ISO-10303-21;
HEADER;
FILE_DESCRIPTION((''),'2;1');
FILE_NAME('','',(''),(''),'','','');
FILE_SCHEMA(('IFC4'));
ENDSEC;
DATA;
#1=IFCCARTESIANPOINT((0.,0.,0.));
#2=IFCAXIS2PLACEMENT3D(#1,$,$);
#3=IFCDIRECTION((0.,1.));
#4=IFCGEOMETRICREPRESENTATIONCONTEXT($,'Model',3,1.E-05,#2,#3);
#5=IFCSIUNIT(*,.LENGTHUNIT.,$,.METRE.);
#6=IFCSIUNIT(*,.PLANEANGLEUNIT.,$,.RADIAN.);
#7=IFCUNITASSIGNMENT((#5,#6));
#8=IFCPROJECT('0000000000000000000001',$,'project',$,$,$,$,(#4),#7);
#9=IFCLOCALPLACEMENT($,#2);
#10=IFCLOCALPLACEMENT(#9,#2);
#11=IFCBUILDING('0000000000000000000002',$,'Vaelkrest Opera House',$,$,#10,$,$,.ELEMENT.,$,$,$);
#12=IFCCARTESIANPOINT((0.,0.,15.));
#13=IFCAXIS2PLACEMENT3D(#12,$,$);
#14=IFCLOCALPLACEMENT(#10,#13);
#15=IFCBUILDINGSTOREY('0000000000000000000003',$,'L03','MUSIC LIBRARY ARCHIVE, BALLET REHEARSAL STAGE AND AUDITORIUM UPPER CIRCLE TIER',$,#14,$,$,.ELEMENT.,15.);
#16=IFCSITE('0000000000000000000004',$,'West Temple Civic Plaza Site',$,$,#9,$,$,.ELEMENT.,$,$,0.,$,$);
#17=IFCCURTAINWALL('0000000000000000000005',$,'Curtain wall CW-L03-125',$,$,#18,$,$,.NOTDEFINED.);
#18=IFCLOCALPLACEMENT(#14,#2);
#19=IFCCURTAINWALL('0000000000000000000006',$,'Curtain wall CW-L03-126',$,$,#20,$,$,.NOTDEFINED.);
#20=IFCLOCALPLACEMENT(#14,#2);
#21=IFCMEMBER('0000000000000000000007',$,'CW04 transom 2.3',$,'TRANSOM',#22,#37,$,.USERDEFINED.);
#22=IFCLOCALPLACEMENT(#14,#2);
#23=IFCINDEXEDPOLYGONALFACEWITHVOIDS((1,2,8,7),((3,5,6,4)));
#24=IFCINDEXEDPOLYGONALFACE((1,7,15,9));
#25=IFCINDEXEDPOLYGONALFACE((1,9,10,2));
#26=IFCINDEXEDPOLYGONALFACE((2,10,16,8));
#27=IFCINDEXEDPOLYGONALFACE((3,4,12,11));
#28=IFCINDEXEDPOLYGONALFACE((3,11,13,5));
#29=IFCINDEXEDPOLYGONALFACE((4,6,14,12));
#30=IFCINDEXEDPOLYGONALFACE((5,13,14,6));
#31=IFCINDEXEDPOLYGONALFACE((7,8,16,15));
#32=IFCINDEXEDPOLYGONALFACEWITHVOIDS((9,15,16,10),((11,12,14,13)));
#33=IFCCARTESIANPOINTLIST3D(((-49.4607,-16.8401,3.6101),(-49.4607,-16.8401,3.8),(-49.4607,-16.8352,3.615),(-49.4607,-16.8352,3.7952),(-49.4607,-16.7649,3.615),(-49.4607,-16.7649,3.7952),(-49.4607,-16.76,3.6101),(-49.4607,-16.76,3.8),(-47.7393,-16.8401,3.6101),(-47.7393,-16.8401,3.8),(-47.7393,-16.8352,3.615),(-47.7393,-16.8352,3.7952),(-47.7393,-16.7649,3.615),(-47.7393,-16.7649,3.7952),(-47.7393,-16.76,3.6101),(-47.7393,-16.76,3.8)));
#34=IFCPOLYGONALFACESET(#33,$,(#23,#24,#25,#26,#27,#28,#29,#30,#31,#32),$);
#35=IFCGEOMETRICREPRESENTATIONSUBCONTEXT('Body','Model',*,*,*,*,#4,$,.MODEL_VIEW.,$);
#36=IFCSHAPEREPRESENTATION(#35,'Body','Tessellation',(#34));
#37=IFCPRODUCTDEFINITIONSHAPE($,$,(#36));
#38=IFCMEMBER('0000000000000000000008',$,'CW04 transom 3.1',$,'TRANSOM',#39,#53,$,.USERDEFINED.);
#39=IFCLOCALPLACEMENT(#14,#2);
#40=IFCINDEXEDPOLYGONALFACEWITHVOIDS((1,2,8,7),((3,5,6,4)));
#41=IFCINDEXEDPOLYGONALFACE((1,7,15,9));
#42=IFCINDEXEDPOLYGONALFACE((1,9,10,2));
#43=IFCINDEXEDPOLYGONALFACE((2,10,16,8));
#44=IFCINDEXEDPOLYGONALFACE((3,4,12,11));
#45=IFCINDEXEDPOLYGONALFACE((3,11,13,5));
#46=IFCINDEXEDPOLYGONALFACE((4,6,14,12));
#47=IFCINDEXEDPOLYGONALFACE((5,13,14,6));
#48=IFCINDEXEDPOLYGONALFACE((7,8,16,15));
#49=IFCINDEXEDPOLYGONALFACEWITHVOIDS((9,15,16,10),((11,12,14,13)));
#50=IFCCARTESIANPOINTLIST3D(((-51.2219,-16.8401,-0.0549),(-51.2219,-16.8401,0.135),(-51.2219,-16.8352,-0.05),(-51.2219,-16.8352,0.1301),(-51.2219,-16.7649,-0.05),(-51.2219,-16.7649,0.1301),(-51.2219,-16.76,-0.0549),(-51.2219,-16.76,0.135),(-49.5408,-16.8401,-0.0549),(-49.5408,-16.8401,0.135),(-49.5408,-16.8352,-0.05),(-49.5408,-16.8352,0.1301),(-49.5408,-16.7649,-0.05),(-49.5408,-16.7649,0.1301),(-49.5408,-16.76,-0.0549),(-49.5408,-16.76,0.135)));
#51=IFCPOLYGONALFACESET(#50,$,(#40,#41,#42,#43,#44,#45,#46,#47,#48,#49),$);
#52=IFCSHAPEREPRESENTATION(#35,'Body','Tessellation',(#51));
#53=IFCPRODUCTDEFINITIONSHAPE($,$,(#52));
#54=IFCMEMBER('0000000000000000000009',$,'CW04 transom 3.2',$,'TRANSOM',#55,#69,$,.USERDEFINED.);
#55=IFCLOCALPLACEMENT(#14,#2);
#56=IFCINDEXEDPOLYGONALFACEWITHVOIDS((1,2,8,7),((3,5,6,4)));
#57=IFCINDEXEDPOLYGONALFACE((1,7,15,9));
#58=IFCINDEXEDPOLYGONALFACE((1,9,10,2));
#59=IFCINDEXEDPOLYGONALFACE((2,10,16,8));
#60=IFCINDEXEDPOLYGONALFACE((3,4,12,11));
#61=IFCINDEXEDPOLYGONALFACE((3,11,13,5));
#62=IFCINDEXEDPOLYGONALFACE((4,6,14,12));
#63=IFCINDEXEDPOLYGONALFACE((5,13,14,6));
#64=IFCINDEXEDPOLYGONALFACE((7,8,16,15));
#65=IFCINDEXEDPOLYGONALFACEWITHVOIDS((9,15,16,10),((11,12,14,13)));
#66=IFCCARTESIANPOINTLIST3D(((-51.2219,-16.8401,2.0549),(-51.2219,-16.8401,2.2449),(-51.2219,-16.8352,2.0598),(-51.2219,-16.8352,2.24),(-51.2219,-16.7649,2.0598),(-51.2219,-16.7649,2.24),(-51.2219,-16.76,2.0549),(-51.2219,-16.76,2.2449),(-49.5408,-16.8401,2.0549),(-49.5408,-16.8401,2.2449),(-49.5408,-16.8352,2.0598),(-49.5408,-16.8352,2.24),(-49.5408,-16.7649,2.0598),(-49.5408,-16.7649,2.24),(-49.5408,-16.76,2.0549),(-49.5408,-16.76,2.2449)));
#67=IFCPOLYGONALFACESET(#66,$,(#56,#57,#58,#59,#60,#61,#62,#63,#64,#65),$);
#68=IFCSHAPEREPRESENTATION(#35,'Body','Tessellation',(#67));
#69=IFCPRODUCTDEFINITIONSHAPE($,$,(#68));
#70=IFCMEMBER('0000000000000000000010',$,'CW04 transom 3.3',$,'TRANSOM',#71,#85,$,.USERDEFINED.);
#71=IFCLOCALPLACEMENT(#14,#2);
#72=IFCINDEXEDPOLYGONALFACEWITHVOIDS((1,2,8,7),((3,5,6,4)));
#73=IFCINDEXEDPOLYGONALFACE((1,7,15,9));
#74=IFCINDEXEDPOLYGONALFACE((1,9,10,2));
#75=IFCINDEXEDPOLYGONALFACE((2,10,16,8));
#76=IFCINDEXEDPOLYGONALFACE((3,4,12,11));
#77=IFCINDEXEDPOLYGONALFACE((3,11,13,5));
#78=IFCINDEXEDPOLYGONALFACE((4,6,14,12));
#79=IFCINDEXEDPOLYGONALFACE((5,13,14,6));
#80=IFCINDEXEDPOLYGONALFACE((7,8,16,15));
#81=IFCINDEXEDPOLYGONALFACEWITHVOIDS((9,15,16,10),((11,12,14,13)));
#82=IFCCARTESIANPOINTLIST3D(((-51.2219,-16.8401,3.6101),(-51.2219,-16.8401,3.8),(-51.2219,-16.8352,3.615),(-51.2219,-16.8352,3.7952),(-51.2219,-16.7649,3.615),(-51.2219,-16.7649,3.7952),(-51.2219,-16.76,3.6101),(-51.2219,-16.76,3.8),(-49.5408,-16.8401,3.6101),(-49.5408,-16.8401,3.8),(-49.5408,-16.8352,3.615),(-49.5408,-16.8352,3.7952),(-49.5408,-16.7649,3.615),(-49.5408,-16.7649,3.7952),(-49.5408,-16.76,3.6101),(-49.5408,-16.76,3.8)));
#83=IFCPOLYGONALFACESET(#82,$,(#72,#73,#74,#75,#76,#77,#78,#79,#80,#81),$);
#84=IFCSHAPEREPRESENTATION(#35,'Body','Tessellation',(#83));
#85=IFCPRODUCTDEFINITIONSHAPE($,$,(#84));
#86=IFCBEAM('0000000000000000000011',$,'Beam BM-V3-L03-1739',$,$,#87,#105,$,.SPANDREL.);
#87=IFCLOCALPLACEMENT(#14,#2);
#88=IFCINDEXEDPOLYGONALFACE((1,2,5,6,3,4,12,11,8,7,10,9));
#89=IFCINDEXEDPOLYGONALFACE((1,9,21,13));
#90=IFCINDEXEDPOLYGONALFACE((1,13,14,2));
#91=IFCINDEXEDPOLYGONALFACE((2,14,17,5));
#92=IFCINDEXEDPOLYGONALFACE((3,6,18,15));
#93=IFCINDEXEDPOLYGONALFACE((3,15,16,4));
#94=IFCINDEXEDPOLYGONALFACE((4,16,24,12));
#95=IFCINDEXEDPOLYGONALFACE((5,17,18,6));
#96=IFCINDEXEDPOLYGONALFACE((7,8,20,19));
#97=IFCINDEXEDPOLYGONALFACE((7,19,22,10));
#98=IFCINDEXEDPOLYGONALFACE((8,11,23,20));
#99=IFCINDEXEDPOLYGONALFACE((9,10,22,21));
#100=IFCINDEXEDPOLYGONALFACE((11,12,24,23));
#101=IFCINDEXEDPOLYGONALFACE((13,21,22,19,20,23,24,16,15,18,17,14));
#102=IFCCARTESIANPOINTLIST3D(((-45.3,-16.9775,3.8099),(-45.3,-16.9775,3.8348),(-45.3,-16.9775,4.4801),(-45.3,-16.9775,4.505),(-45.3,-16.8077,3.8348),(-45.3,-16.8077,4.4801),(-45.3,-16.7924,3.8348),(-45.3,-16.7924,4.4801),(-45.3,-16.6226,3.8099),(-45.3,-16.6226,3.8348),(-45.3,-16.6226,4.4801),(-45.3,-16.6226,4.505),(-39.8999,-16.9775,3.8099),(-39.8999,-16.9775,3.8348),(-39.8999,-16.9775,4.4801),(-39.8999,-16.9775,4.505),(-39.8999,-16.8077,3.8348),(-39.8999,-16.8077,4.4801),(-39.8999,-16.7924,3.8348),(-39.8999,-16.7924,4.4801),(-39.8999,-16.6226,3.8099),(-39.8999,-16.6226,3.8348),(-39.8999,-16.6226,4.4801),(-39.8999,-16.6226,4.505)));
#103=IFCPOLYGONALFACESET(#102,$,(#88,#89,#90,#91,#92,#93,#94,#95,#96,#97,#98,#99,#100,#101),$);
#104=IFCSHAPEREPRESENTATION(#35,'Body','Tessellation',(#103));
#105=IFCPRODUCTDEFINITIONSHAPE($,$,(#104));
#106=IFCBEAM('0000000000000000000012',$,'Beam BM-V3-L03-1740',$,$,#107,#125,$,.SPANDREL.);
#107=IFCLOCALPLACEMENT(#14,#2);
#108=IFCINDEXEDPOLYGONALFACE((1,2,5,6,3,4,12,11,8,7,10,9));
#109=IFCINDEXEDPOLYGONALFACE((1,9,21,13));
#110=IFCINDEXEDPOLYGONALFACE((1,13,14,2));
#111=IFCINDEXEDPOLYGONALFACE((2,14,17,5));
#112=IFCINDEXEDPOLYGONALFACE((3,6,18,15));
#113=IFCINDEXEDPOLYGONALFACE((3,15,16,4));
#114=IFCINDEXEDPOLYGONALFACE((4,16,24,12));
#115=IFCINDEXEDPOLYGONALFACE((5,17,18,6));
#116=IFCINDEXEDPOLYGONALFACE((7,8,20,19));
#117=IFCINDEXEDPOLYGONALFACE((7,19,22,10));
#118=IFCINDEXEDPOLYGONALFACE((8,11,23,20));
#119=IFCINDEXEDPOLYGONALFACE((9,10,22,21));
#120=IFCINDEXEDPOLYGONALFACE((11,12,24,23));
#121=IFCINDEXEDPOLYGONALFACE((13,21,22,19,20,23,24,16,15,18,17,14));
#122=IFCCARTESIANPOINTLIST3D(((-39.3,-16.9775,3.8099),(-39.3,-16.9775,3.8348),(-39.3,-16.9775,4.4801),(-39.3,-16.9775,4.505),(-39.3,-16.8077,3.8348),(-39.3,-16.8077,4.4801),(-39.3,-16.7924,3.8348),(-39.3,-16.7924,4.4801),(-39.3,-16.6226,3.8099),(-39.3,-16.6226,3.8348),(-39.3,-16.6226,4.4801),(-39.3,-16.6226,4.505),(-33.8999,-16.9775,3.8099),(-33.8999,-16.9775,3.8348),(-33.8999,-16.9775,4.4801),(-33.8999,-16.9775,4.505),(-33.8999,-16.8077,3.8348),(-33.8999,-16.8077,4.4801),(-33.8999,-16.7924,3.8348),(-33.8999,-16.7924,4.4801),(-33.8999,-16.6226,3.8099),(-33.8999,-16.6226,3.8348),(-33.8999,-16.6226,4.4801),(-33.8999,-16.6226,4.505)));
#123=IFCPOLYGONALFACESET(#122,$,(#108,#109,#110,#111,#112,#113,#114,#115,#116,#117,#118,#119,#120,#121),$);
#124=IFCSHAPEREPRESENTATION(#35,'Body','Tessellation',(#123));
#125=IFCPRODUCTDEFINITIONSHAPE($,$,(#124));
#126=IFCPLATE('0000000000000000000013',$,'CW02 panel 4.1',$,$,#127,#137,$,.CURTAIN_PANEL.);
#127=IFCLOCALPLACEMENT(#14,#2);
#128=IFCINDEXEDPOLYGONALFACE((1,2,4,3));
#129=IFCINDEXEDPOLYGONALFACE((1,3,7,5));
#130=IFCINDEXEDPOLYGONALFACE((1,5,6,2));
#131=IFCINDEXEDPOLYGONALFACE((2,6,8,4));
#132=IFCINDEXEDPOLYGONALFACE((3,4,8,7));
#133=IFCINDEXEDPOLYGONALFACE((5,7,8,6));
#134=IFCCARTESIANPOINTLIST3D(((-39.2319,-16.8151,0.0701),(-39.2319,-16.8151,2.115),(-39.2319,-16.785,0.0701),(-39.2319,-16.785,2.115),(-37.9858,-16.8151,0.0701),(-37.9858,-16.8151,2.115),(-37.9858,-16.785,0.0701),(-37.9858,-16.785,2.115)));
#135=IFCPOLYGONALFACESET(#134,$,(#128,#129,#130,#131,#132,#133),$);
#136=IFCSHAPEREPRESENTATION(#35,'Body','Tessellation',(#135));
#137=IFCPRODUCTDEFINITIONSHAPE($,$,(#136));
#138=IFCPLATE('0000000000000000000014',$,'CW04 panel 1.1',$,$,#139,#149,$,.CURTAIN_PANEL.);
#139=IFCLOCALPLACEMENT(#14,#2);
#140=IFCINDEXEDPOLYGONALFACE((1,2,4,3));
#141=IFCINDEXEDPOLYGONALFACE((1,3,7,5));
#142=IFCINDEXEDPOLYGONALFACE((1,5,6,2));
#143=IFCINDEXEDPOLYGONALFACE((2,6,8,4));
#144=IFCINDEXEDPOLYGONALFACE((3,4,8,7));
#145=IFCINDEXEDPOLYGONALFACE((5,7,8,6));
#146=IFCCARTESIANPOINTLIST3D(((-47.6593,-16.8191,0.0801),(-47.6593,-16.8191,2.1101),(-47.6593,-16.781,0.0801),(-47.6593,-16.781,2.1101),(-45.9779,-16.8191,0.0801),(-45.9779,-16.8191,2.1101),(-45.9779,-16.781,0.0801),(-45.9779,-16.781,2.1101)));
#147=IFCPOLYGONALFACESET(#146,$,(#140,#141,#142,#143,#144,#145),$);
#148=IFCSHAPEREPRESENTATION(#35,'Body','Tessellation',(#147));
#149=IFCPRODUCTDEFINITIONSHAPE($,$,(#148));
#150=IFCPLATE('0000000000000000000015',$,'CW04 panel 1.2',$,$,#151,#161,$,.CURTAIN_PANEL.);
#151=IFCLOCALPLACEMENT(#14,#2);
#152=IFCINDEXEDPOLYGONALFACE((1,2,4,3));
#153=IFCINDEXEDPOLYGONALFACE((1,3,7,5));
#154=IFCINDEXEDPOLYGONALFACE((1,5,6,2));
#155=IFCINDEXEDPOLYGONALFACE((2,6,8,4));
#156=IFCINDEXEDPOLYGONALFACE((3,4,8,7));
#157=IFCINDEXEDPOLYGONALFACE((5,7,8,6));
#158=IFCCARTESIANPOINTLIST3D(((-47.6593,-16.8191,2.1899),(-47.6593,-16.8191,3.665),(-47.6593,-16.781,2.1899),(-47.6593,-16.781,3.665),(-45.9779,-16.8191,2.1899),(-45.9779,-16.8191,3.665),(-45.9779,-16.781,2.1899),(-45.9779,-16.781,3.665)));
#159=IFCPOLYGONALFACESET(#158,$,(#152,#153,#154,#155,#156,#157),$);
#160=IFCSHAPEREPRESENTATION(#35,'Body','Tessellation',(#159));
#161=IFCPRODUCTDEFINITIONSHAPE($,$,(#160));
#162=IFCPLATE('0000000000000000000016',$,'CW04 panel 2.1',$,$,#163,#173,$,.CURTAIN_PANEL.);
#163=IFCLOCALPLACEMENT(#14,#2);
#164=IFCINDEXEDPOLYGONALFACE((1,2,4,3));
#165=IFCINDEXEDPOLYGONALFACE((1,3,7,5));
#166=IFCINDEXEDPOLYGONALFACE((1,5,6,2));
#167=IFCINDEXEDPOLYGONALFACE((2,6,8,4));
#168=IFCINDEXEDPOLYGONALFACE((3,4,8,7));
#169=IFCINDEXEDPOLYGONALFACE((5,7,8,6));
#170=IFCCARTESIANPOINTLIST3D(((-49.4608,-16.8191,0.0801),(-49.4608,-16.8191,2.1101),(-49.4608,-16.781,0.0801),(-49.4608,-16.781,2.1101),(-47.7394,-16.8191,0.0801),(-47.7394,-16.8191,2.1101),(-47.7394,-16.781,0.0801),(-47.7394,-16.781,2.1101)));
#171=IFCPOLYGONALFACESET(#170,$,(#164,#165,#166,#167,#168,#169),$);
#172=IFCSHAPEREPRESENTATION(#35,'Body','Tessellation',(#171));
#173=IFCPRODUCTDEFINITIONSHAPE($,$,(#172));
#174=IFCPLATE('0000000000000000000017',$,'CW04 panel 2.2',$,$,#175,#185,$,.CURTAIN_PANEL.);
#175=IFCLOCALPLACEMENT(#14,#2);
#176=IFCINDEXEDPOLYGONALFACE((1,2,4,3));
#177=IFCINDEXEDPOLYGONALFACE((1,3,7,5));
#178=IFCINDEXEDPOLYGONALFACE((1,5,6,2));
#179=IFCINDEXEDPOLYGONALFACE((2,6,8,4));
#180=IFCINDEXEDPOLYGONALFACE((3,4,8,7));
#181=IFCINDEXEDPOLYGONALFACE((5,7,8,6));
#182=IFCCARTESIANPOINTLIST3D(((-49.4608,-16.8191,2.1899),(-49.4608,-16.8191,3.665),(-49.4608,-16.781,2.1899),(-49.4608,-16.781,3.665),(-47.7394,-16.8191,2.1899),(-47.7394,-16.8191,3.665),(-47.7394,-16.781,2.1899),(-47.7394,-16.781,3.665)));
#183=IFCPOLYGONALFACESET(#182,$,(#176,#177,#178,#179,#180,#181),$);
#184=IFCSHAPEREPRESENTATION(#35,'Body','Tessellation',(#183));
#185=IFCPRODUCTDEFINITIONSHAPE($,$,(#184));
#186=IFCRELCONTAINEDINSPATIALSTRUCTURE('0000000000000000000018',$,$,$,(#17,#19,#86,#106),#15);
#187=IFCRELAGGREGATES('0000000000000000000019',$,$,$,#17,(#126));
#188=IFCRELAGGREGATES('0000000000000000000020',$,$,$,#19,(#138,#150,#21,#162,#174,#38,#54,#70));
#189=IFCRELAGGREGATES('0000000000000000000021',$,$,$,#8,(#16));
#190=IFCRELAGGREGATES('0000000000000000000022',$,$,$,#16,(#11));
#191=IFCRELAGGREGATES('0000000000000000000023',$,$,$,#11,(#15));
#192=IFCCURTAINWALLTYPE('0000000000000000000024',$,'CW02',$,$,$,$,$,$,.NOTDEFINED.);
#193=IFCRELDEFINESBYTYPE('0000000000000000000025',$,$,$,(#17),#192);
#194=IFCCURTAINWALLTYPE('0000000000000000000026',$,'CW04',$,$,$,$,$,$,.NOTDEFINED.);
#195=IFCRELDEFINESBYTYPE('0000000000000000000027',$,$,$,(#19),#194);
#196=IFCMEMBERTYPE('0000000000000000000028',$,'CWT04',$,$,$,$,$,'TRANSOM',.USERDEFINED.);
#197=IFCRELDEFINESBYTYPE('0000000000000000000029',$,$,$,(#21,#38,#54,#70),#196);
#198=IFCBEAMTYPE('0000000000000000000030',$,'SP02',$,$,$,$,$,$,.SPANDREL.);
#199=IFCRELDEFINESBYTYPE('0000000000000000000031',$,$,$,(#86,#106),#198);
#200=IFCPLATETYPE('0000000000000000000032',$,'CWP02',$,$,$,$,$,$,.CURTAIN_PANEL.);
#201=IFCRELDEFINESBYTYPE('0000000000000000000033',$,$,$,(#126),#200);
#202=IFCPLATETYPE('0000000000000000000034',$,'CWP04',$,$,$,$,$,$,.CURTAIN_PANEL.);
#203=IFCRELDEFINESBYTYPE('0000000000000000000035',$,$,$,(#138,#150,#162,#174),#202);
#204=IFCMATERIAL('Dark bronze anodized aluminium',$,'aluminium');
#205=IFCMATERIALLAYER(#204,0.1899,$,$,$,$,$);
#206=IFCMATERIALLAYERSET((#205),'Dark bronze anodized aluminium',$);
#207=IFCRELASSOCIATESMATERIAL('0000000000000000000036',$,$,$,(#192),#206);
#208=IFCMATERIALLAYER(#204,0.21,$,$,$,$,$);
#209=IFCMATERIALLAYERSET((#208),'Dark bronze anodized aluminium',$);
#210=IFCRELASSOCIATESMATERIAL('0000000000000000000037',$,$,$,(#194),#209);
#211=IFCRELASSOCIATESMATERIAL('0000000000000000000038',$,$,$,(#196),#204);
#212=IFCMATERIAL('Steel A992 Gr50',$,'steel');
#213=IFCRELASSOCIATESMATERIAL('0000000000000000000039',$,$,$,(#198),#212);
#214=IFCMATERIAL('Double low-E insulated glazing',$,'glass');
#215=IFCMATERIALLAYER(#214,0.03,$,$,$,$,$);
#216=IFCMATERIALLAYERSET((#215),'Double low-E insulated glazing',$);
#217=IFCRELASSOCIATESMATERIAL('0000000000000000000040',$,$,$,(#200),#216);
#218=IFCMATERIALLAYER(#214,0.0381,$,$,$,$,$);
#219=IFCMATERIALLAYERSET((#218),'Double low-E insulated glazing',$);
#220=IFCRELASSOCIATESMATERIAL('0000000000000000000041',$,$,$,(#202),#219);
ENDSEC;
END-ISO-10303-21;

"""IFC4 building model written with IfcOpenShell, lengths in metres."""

from ifc_helpers import new_model, si_unit, direction, frame, origin, origin_2d, place, context, subcontext, project, spatial, rectangle, hollow_rectangle, i_section, extrude, material, layer, layer_set, material_profile, profile_set, type_object, element, aggregate, save


model = new_model("IFC4")

# Units and contexts
model_context = context("Model", 3, precision=1e-05, world=origin(), true_north=direction((0.0, 1.0)))
body_context = subcontext(model_context, "Body", "Model", "MODEL_VIEW")
ifc_project = project(units=[si_unit("LENGTHUNIT", "METRE"), si_unit("PLANEANGLEUNIT", "RADIAN")], contexts=[model_context])

# Site, building, storey
site_placement = place(None, origin())
site = spatial("IfcSite", under=ifc_project, at=site_placement, Name="West Temple Civic Plaza Site", CompositionType="ELEMENT", RefElevation=0.0)
building_placement = place(site_placement, origin())
building = spatial("IfcBuilding", under=site, at=building_placement, Name="Vaelkrest Opera House", CompositionType="ELEMENT")
storey_placement = place(building_placement, frame((0.0, 0.0, 15.0)))
storey = spatial("IfcBuildingStorey", under=building, at=storey_placement, Name="L03", Description="MUSIC LIBRARY ARCHIVE, BALLET REHEARSAL STAGE AND AUDITORIUM UPPER CIRCLE TIER", CompositionType="ELEMENT", Elevation=15.0)

# Curtain wall
ifc_material_1 = material(Name="Dark bronze anodized aluminium", Category="aluminium")
ifc_layer_1 = layer(ifc_material_1, 0.1899)
ifc_layer_set_1 = layer_set([ifc_layer_1], Name="Dark bronze anodized aluminium")
curtain_wall_type_1 = type_object("IfcCurtainWallType", Name="CW02", PredefinedType="NOTDEFINED", material=ifc_layer_set_1)
curtain_wall_1_placement = place(storey_placement, origin())
curtain_wall_1 = element("IfcCurtainWall", 1, at=curtain_wall_1_placement, inside=storey, type_object=curtain_wall_type_1, Name="Curtain wall CW-L03-125", PredefinedType="NOTDEFINED")

# Curtain wall, members
ifc_layer_2 = layer(ifc_material_1, 0.21)
ifc_layer_set_2 = layer_set([ifc_layer_2], Name="Dark bronze anodized aluminium")
curtain_wall_type_2 = type_object("IfcCurtainWallType", Name="CW04", PredefinedType="NOTDEFINED", material=ifc_layer_set_2)
curtain_wall_2_placement = place(storey_placement, origin())
curtain_wall_2 = element("IfcCurtainWall", 2, at=curtain_wall_2_placement, inside=storey, type_object=curtain_wall_type_2, Name="Curtain wall CW-L03-126", PredefinedType="NOTDEFINED")
ifc_material_profile_1 = material_profile(ifc_material_1, hollow_rectangle(XDim=0.0801, YDim=0.1899, WallThickness=0.0049, at=origin_2d()), Name="CWT80X190")
ifc_profile_set_1 = profile_set([ifc_material_profile_1], Name="Dark bronze anodized aluminium")
member_type_1 = type_object("IfcMemberType", Name="CWT04", ElementType="TRANSOM", PredefinedType="USERDEFINED", material=ifc_profile_set_1)
member_1_placement = place(storey_placement, frame((-47.7393, -16.8, 3.7051), z_axis=(-1.0, 0.0, 0.0), x_axis=(0.0, -1.0, 0.0)))
member_1 = element("IfcMember", 3, at=member_1_placement, type_object=member_type_1, Name="CW04 transom 2.3", ObjectType="TRANSOM", PredefinedType="USERDEFINED", context=body_context, shape_type="SweptSolid", body=[
    extrude(hollow_rectangle(XDim=0.0801, YDim=0.1899, WallThickness=0.0049, at=origin_2d()), origin(), (0.0, 0.0, 1.0), 1.7214),
])
member_2_placement = place(storey_placement, frame((-49.5408, -16.8, 0.04), z_axis=(-1.0, 0.0, 0.0), x_axis=(0.0, -1.0, 0.0)))
member_2 = element("IfcMember", 4, at=member_2_placement, type_object=member_type_1, Name="CW04 transom 3.1", ObjectType="TRANSOM", PredefinedType="USERDEFINED", context=body_context, shape_type="SweptSolid", body=[
    extrude(hollow_rectangle(XDim=0.0801, YDim=0.1899, WallThickness=0.0049, at=origin_2d()), origin(), (0.0, 0.0, 1.0), 1.6812),
])
member_3_placement = place(storey_placement, frame((-49.5408, -16.8, 2.1499), z_axis=(-1.0, 0.0, 0.0), x_axis=(0.0, -1.0, 0.0)))
member_3 = element("IfcMember", 5, at=member_3_placement, type_object=member_type_1, Name="CW04 transom 3.2", ObjectType="TRANSOM", PredefinedType="USERDEFINED", context=body_context, shape_type="SweptSolid", body=[
    extrude(hollow_rectangle(XDim=0.0801, YDim=0.1899, WallThickness=0.0049, at=origin_2d()), origin(), (0.0, 0.0, 1.0), 1.6812),
])
member_4_placement = place(storey_placement, frame((-49.5408, -16.8, 3.7051), z_axis=(-1.0, 0.0, 0.0), x_axis=(0.0, -1.0, 0.0)))
member_4 = element("IfcMember", 6, at=member_4_placement, type_object=member_type_1, Name="CW04 transom 3.3", ObjectType="TRANSOM", PredefinedType="USERDEFINED", context=body_context, shape_type="SweptSolid", body=[
    extrude(hollow_rectangle(XDim=0.0801, YDim=0.1899, WallThickness=0.0049, at=origin_2d()), origin(), (0.0, 0.0, 1.0), 1.6812),
])

# Beams
ifc_material_2 = material(Name="Steel A992 Gr50", Category="steel")
ifc_material_profile_2 = material_profile(ifc_material_2, i_section(OverallWidth=0.355, OverallDepth=0.6951, WebThickness=0.0154, FlangeThickness=0.0249, at=origin_2d()), Name="W27X146")
ifc_profile_set_2 = profile_set([ifc_material_profile_2], Name="Steel A992 Gr50")
beam_type = type_object("IfcBeamType", Name="SP02", PredefinedType="SPANDREL", material=ifc_profile_set_2)
for number, where, z_axis, x_axis, name in (
    (7, (-45.3, -16.8, 4.1575), (1.0, 0.0, 0.0), (0.0, 1.0, 0.0), "Beam BM-V3-L03-1739"),
    (8, (-39.3, -16.8, 4.1575), (1.0, 0.0, 0.0), (0.0, 1.0, 0.0), "Beam BM-V3-L03-1740"),
):
    element("IfcBeam", number, at=place(storey_placement, frame(where, z_axis=z_axis, x_axis=x_axis)), inside=storey, type_object=beam_type, Name=name, PredefinedType="SPANDREL", context=body_context, shape_type="SweptSolid", body=[
        extrude(i_section(OverallWidth=0.355, OverallDepth=0.6951, WebThickness=0.0154, FlangeThickness=0.0249, at=origin_2d()), origin(), (0.0, 0.0, 1.0), 5.4001),
    ])

# Plates
ifc_material_3 = material(Name="Double low-E insulated glazing", Category="glass")
ifc_layer_3 = layer(ifc_material_3, 0.03)
ifc_layer_set_3 = layer_set([ifc_layer_3], Name="Double low-E insulated glazing")
plate_type_1 = type_object("IfcPlateType", Name="CWP02", PredefinedType="CURTAIN_PANEL", material=ifc_layer_set_3)
plate_1_placement = place(storey_placement, frame((-38.6089, -16.8, 0.0701), z_axis=(0.0, 0.0, 1.0), x_axis=(-1.0, 0.0, 0.0)))
plate_1 = element("IfcPlate", 9, at=plate_1_placement, type_object=plate_type_1, Name="CW02 panel 4.1", PredefinedType="CURTAIN_PANEL", context=body_context, shape_type="SweptSolid", body=[
    extrude(rectangle(XDim=1.2461, YDim=0.03, at=origin_2d()), origin(), (0.0, 0.0, 1.0), 2.0449),
])
aggregate(curtain_wall_1, [plate_1])
ifc_layer_4 = layer(ifc_material_3, 0.0381)
ifc_layer_set_4 = layer_set([ifc_layer_4], Name="Double low-E insulated glazing")
plate_type_2 = type_object("IfcPlateType", Name="CWP04", PredefinedType="CURTAIN_PANEL", material=ifc_layer_set_4)
plate_2_placement = place(storey_placement, frame((-46.8186, -16.8, 0.0801), z_axis=(0.0, 0.0, 1.0), x_axis=(-1.0, 0.0, 0.0)))
plate_2 = element("IfcPlate", 10, at=plate_2_placement, type_object=plate_type_2, Name="CW04 panel 1.1", PredefinedType="CURTAIN_PANEL", context=body_context, shape_type="SweptSolid", body=[
    extrude(rectangle(XDim=1.6814, YDim=0.0381, at=origin_2d()), origin(), (0.0, 0.0, 1.0), 2.03),
])
plate_3_placement = place(storey_placement, frame((-46.8186, -16.8, 2.1899), z_axis=(0.0, 0.0, 1.0), x_axis=(-1.0, 0.0, 0.0)))
plate_3 = element("IfcPlate", 11, at=plate_3_placement, type_object=plate_type_2, Name="CW04 panel 1.2", PredefinedType="CURTAIN_PANEL", context=body_context, shape_type="SweptSolid", body=[
    extrude(rectangle(XDim=1.6814, YDim=0.0381, at=origin_2d()), origin(), (0.0, 0.0, 1.0), 1.4751),
])
plate_4_placement = place(storey_placement, frame((-48.6001, -16.8, 0.0801), z_axis=(0.0, 0.0, 1.0), x_axis=(-1.0, 0.0, 0.0)))
plate_4 = element("IfcPlate", 12, at=plate_4_placement, type_object=plate_type_2, Name="CW04 panel 2.1", PredefinedType="CURTAIN_PANEL", context=body_context, shape_type="SweptSolid", body=[
    extrude(rectangle(XDim=1.7214, YDim=0.0381, at=origin_2d()), origin(), (0.0, 0.0, 1.0), 2.03),
])
plate_5_placement = place(storey_placement, frame((-48.6001, -16.8, 2.1899), z_axis=(0.0, 0.0, 1.0), x_axis=(-1.0, 0.0, 0.0)))
plate_5 = element("IfcPlate", 13, at=plate_5_placement, type_object=plate_type_2, Name="CW04 panel 2.2", PredefinedType="CURTAIN_PANEL", context=body_context, shape_type="SweptSolid", body=[
    extrude(rectangle(XDim=1.7214, YDim=0.0381, at=origin_2d()), origin(), (0.0, 0.0, 1.0), 1.4751),
])
aggregate(curtain_wall_2, [plate_2, plate_3, member_1, plate_4, plate_5, member_2, member_3, member_4])

save(model, "model.ifc")
